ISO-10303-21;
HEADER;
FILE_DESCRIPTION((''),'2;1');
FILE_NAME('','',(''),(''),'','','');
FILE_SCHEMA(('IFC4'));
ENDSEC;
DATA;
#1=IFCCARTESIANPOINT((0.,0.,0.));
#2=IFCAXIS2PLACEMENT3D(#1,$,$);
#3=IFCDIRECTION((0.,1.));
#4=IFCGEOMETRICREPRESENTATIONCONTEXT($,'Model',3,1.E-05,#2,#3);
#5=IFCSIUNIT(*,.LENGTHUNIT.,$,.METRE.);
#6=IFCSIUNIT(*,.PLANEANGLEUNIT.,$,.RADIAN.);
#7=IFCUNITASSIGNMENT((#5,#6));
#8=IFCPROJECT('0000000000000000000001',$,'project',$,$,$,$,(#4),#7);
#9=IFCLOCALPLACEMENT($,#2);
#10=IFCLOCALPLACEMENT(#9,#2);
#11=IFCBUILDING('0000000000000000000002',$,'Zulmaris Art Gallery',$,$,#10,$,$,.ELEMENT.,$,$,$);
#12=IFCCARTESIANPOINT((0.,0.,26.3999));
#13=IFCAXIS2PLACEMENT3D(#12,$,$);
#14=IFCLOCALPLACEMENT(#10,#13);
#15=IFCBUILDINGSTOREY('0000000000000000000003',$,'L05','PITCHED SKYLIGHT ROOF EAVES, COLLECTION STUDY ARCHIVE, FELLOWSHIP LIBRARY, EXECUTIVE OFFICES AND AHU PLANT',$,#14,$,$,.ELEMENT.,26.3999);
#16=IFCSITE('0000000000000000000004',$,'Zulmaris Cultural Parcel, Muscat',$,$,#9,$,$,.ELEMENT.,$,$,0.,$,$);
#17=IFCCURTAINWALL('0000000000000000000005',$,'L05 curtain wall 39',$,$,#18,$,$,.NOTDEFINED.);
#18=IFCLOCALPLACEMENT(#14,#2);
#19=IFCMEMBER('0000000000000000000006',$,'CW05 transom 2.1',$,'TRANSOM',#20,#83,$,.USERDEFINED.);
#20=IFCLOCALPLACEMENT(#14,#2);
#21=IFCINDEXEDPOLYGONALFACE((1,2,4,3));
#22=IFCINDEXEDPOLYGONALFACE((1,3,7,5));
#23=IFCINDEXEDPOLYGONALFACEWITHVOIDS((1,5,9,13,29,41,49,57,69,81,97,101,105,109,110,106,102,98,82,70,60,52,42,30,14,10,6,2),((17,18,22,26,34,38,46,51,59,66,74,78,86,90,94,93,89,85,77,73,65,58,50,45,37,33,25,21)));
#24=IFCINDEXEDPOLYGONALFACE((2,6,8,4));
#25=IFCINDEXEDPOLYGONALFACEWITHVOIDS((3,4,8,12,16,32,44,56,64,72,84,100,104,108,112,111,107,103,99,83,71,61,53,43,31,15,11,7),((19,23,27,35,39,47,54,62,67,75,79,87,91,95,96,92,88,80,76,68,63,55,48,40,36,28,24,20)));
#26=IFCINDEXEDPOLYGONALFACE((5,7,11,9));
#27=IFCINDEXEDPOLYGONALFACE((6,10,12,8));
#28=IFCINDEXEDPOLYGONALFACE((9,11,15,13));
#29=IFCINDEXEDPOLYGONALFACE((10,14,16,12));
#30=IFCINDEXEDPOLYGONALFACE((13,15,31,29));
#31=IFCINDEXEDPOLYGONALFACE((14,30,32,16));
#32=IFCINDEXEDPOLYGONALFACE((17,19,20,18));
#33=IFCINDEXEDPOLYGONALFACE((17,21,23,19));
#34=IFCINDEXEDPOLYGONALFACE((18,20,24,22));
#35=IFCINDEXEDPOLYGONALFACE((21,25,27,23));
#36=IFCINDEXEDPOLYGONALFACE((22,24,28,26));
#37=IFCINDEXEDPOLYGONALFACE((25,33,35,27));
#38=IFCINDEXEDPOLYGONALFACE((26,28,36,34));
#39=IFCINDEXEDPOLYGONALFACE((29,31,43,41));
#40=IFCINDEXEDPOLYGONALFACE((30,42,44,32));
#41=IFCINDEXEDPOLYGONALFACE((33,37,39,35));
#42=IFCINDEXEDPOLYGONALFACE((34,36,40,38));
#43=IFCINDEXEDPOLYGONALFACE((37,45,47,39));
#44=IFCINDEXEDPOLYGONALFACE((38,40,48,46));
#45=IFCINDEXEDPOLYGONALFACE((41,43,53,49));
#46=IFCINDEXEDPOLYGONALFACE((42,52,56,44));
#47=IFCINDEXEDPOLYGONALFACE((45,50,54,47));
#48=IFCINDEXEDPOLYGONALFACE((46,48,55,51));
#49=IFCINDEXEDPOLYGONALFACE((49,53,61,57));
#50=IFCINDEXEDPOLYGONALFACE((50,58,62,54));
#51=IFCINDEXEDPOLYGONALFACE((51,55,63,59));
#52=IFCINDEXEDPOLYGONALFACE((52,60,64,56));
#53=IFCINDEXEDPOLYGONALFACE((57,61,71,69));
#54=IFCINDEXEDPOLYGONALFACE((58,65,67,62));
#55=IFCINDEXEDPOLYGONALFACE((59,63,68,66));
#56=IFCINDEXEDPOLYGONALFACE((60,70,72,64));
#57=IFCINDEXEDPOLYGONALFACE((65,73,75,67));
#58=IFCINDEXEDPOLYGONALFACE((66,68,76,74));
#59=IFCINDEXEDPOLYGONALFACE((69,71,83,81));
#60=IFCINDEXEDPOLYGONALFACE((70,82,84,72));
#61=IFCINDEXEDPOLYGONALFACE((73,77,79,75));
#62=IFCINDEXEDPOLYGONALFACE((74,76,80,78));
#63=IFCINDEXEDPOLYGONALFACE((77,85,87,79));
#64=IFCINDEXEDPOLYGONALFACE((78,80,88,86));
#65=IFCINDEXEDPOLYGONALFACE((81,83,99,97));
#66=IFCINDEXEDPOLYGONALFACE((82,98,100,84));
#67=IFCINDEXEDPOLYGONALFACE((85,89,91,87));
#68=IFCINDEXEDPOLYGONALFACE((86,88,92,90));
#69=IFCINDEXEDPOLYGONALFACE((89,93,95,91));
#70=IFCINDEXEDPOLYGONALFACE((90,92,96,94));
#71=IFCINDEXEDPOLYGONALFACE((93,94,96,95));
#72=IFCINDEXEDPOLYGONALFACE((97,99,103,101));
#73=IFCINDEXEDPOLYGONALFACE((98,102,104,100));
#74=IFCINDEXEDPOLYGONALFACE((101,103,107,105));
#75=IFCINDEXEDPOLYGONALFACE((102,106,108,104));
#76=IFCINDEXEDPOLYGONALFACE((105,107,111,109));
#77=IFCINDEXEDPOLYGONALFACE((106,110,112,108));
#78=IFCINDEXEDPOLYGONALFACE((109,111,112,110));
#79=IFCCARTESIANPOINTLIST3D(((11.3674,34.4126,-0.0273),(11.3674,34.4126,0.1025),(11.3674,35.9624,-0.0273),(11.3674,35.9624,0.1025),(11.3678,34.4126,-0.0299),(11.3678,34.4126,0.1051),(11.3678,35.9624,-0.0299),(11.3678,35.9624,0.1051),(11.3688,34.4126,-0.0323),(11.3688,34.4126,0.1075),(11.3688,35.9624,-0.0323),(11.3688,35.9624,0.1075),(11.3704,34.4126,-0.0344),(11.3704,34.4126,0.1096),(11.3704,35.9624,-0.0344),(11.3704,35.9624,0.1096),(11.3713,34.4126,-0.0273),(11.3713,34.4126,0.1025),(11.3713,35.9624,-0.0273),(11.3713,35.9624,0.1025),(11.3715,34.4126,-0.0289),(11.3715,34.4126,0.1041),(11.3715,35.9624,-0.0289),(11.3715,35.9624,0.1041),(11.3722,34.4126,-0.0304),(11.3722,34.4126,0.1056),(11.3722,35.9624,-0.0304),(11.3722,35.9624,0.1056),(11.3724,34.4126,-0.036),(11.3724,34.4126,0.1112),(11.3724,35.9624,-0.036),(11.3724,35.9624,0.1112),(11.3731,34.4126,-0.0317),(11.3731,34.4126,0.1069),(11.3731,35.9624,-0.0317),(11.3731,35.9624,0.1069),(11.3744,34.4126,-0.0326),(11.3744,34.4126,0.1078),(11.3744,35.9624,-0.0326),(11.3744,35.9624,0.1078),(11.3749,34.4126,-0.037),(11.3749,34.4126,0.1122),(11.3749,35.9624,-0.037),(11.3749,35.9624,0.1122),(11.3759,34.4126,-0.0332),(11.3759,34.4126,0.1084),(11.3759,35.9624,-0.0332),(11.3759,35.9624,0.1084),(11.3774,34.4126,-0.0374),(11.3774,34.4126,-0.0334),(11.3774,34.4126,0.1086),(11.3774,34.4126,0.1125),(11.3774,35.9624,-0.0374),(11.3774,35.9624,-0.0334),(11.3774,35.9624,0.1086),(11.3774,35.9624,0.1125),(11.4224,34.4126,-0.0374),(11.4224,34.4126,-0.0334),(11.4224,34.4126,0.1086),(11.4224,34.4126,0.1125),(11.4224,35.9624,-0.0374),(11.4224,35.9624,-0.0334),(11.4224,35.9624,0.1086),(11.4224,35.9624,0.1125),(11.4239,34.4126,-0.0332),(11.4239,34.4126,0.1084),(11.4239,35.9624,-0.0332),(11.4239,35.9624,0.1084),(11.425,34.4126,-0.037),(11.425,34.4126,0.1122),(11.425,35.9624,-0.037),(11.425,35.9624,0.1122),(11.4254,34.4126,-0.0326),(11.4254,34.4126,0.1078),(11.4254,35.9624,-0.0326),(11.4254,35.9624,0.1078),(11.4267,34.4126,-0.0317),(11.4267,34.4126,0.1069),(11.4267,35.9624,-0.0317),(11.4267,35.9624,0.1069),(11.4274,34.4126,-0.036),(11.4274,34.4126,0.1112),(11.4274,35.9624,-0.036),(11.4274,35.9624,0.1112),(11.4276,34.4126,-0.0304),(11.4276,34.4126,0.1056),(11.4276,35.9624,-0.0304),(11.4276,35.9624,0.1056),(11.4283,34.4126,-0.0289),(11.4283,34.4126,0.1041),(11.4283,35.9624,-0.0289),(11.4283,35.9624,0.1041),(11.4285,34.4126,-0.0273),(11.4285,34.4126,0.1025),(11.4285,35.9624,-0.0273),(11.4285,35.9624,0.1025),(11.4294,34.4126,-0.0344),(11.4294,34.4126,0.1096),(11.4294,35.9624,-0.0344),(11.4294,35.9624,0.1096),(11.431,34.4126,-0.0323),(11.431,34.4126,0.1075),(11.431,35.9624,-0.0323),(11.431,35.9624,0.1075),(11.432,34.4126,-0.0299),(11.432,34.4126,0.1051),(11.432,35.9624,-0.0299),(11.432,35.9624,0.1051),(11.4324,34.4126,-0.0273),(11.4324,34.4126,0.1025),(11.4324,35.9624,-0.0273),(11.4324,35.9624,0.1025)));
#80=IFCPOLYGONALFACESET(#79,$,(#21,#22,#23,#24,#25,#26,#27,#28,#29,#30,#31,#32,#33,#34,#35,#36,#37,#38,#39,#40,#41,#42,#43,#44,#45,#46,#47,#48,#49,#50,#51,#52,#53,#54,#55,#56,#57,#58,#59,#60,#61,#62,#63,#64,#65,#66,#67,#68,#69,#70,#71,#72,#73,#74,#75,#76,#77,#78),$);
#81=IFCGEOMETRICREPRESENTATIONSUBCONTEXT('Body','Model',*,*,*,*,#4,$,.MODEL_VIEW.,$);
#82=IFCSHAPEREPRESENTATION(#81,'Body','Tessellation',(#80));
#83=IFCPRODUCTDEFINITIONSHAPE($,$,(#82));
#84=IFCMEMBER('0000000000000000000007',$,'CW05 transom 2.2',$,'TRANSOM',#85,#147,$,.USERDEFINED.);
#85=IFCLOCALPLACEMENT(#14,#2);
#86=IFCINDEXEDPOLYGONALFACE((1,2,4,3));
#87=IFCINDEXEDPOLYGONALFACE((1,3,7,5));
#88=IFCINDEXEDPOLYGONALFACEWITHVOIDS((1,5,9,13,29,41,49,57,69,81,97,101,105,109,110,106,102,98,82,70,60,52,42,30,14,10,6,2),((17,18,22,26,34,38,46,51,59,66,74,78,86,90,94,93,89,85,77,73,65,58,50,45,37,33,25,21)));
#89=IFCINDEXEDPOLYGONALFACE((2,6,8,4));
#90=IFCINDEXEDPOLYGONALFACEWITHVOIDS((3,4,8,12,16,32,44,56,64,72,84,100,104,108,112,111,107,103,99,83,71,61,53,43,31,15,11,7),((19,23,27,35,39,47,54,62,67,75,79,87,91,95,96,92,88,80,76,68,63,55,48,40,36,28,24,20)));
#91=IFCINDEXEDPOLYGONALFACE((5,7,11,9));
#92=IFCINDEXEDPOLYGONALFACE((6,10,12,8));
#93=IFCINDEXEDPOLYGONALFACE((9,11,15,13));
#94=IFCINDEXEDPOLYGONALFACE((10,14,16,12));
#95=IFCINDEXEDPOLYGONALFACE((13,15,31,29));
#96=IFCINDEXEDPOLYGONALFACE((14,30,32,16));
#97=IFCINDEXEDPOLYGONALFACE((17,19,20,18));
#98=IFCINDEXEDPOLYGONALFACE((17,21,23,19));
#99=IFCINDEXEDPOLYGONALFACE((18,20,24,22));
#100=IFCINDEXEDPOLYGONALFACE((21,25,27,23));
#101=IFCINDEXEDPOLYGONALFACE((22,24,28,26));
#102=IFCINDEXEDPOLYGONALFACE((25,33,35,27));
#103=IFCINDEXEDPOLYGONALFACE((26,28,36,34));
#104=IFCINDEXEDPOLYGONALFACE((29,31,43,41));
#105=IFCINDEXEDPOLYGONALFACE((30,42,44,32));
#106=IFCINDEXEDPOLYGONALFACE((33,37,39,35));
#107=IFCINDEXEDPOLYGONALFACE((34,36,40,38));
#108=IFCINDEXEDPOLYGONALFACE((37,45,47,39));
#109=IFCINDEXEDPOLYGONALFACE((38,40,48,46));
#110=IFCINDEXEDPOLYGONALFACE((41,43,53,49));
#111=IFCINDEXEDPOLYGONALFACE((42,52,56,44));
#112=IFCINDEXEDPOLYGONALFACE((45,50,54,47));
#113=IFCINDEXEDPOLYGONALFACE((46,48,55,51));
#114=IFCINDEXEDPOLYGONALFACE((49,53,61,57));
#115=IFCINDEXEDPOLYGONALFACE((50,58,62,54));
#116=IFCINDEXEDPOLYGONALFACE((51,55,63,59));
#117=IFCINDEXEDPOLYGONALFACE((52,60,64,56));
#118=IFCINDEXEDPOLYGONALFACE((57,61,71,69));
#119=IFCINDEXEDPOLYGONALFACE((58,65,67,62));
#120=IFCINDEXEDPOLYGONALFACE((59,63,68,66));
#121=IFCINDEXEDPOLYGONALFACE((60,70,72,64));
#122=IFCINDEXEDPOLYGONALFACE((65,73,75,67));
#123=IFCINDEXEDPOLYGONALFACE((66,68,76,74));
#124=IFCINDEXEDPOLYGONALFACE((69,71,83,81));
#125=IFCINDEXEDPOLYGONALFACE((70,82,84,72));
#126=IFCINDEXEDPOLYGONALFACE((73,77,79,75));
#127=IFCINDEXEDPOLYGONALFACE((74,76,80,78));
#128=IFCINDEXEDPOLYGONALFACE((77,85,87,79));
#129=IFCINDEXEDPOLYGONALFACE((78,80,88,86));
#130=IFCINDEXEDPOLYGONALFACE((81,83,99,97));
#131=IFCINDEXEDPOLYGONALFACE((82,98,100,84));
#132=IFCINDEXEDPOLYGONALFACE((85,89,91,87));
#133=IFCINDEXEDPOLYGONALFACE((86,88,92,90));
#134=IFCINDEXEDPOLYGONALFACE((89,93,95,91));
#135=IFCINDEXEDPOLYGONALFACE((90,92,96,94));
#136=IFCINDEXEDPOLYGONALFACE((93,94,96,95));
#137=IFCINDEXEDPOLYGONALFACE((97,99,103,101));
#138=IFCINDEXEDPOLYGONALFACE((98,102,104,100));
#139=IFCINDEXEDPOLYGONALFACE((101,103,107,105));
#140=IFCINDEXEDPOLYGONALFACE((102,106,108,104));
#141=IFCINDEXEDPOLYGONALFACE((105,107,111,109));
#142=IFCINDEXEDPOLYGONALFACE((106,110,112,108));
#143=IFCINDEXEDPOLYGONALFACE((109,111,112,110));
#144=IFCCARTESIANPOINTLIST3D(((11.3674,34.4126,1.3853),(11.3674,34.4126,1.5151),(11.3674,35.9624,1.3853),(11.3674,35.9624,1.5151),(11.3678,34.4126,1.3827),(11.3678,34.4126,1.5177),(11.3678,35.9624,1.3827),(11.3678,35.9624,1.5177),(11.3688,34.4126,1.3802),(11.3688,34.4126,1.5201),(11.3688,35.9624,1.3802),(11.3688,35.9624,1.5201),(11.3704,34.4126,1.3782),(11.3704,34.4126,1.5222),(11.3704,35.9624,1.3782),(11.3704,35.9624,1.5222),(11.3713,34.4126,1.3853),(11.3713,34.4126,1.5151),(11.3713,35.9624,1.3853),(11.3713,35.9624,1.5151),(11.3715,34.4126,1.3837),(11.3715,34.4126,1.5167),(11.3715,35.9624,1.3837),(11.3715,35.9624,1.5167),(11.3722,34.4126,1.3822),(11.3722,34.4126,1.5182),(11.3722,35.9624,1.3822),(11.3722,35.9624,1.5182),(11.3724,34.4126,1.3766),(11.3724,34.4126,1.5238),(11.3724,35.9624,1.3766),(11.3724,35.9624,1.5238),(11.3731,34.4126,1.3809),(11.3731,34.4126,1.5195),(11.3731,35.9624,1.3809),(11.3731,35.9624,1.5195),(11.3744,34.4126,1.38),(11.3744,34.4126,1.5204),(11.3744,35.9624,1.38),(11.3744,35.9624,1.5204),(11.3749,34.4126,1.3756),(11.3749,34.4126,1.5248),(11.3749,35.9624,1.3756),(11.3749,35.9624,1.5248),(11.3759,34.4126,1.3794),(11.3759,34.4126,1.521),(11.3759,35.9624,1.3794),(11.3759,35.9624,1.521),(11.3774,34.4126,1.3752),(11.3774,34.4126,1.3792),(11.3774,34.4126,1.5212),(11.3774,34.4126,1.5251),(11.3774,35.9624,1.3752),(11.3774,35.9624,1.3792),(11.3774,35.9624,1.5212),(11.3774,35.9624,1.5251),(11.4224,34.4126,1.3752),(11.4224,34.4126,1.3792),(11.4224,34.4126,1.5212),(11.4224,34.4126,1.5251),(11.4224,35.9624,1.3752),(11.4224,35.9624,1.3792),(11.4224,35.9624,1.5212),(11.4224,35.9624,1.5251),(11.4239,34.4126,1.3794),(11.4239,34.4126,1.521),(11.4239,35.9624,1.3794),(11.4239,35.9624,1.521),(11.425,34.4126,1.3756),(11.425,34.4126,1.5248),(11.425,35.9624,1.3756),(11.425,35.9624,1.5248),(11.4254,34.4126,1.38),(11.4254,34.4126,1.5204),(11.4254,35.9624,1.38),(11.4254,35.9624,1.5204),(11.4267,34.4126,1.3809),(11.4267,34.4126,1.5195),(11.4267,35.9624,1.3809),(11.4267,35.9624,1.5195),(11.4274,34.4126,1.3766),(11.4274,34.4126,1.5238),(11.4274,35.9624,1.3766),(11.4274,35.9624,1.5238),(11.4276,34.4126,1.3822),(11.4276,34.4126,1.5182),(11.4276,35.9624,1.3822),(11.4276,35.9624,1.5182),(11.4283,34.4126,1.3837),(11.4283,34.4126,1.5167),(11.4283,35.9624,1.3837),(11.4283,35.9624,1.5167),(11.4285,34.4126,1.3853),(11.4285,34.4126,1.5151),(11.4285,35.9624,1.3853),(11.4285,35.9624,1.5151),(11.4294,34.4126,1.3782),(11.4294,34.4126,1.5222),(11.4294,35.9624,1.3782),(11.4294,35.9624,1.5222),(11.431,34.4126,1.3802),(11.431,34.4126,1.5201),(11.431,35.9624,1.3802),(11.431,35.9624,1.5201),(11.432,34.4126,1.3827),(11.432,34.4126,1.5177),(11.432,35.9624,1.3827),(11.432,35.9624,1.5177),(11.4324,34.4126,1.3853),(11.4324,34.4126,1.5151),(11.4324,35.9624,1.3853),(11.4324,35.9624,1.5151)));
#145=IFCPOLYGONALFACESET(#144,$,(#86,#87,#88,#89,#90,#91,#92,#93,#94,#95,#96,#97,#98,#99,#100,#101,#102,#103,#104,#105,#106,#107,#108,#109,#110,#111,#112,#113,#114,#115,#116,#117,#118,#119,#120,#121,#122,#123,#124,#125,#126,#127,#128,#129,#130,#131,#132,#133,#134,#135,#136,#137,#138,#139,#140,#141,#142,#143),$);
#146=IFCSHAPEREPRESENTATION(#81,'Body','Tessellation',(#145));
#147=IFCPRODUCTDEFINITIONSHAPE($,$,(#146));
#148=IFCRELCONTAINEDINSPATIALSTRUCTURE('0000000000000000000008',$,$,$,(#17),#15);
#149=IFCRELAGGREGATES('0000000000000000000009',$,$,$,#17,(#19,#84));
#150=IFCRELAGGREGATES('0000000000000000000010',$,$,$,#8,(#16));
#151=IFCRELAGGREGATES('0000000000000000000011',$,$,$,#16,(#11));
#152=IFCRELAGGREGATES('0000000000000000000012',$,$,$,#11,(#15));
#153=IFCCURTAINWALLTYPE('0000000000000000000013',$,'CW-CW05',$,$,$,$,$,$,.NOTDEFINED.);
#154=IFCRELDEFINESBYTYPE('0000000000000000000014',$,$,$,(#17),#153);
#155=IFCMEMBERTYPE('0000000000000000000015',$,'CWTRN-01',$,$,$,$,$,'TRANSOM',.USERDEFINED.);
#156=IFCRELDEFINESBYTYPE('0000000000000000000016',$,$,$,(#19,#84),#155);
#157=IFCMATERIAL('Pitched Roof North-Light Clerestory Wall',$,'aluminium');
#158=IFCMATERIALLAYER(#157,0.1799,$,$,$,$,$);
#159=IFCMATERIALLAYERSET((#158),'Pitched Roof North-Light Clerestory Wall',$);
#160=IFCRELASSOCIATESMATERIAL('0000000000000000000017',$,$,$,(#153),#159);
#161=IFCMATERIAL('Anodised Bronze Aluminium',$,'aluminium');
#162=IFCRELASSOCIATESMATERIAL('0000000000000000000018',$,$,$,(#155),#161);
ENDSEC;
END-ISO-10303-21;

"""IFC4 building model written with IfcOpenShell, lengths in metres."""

from ifc_helpers import new_model, si_unit, direction, frame, origin, origin_2d, place, context, subcontext, project, spatial, hollow_rectangle, extrude, material, layer, layer_set, material_profile, profile_set, type_object, element, aggregate, save


model = new_model("IFC4")

# Units and contexts
model_context = context("Model", 3, precision=1e-05, world=origin(), true_north=direction((0.0, 1.0)))
body_context = subcontext(model_context, "Body", "Model", "MODEL_VIEW")
ifc_project = project(units=[si_unit("LENGTHUNIT", "METRE"), si_unit("PLANEANGLEUNIT", "RADIAN")], contexts=[model_context])

# Site, building, storey
site_placement = place(None, origin())
site = spatial("IfcSite", under=ifc_project, at=site_placement, Name="Zulmaris Cultural Parcel, Muscat", CompositionType="ELEMENT", RefElevation=0.0)
building_placement = place(site_placement, origin())
building = spatial("IfcBuilding", under=site, at=building_placement, Name="Zulmaris Art Gallery", CompositionType="ELEMENT")
storey_placement = place(building_placement, frame((0.0, 0.0, 26.3999)))
storey = spatial("IfcBuildingStorey", under=building, at=storey_placement, Name="L05", Description="PITCHED SKYLIGHT ROOF EAVES, COLLECTION STUDY ARCHIVE, FELLOWSHIP LIBRARY, EXECUTIVE OFFICES AND AHU PLANT", CompositionType="ELEMENT", Elevation=26.3999)

# Curtain wall
ifc_material_1 = material(Name="Pitched Roof North-Light Clerestory Wall", Category="aluminium")
ifc_layer_1 = layer(ifc_material_1, 0.1799)
ifc_layer_set_1 = layer_set([ifc_layer_1], Name="Pitched Roof North-Light Clerestory Wall")
curtain_wall_type = type_object("IfcCurtainWallType", Name="CW-CW05", PredefinedType="NOTDEFINED", material=ifc_layer_set_1)
ifc_material_2 = material(Name="Anodised Bronze Aluminium", Category="aluminium")
curtain_wall_1_placement = place(storey_placement, origin())
curtain_wall_1 = element("IfcCurtainWall", 1, at=curtain_wall_1_placement, inside=storey, type_object=curtain_wall_type, Name="L05 curtain wall 39", PredefinedType="NOTDEFINED")

# Members
ifc_material_profile_1 = material_profile(ifc_material_2, hollow_rectangle(XDim=0.0649, YDim=0.1499, WallThickness=0.0039, InnerFilletRadius=0.0061, OuterFilletRadius=0.01, at=origin_2d()), Name="ALU 65x150x4")
ifc_profile_set_1 = profile_set([ifc_material_profile_1], Name="Anodised Bronze Aluminium")
member_type_1 = type_object("IfcMemberType", Name="CWTRN-01", ElementType="TRANSOM", PredefinedType="USERDEFINED", material=ifc_profile_set_1)
member_1_placement = place(storey_placement, frame((11.3999, 34.4126, 0.0376), z_axis=(0.0, 1.0, 0.0), x_axis=(-1.0, 0.0, 0.0)))
member_1 = element("IfcMember", 2, at=member_1_placement, type_object=member_type_1, Name="CW05 transom 2.1", ObjectType="TRANSOM", PredefinedType="USERDEFINED", context=body_context, shape_type="SweptSolid", body=[
    extrude(hollow_rectangle(XDim=0.0649, YDim=0.1499, WallThickness=0.0039, InnerFilletRadius=0.0061, OuterFilletRadius=0.01, at=origin_2d()), origin(), (0.0, 0.0, 1.0), 1.5498),
])
member_2_placement = place(storey_placement, frame((11.3999, 34.4126, 1.4502), z_axis=(0.0, 1.0, 0.0), x_axis=(-1.0, 0.0, 0.0)))
member_2 = element("IfcMember", 3, at=member_2_placement, type_object=member_type_1, Name="CW05 transom 2.2", ObjectType="TRANSOM", PredefinedType="USERDEFINED", context=body_context, shape_type="SweptSolid", body=[
    extrude(hollow_rectangle(XDim=0.0649, YDim=0.1499, WallThickness=0.0039, InnerFilletRadius=0.0061, OuterFilletRadius=0.01, at=origin_2d()), origin(), (0.0, 0.0, 1.0), 1.5498),
])

aggregate(curtain_wall_1, [member_1, member_2])

save(model, "model.ifc")
